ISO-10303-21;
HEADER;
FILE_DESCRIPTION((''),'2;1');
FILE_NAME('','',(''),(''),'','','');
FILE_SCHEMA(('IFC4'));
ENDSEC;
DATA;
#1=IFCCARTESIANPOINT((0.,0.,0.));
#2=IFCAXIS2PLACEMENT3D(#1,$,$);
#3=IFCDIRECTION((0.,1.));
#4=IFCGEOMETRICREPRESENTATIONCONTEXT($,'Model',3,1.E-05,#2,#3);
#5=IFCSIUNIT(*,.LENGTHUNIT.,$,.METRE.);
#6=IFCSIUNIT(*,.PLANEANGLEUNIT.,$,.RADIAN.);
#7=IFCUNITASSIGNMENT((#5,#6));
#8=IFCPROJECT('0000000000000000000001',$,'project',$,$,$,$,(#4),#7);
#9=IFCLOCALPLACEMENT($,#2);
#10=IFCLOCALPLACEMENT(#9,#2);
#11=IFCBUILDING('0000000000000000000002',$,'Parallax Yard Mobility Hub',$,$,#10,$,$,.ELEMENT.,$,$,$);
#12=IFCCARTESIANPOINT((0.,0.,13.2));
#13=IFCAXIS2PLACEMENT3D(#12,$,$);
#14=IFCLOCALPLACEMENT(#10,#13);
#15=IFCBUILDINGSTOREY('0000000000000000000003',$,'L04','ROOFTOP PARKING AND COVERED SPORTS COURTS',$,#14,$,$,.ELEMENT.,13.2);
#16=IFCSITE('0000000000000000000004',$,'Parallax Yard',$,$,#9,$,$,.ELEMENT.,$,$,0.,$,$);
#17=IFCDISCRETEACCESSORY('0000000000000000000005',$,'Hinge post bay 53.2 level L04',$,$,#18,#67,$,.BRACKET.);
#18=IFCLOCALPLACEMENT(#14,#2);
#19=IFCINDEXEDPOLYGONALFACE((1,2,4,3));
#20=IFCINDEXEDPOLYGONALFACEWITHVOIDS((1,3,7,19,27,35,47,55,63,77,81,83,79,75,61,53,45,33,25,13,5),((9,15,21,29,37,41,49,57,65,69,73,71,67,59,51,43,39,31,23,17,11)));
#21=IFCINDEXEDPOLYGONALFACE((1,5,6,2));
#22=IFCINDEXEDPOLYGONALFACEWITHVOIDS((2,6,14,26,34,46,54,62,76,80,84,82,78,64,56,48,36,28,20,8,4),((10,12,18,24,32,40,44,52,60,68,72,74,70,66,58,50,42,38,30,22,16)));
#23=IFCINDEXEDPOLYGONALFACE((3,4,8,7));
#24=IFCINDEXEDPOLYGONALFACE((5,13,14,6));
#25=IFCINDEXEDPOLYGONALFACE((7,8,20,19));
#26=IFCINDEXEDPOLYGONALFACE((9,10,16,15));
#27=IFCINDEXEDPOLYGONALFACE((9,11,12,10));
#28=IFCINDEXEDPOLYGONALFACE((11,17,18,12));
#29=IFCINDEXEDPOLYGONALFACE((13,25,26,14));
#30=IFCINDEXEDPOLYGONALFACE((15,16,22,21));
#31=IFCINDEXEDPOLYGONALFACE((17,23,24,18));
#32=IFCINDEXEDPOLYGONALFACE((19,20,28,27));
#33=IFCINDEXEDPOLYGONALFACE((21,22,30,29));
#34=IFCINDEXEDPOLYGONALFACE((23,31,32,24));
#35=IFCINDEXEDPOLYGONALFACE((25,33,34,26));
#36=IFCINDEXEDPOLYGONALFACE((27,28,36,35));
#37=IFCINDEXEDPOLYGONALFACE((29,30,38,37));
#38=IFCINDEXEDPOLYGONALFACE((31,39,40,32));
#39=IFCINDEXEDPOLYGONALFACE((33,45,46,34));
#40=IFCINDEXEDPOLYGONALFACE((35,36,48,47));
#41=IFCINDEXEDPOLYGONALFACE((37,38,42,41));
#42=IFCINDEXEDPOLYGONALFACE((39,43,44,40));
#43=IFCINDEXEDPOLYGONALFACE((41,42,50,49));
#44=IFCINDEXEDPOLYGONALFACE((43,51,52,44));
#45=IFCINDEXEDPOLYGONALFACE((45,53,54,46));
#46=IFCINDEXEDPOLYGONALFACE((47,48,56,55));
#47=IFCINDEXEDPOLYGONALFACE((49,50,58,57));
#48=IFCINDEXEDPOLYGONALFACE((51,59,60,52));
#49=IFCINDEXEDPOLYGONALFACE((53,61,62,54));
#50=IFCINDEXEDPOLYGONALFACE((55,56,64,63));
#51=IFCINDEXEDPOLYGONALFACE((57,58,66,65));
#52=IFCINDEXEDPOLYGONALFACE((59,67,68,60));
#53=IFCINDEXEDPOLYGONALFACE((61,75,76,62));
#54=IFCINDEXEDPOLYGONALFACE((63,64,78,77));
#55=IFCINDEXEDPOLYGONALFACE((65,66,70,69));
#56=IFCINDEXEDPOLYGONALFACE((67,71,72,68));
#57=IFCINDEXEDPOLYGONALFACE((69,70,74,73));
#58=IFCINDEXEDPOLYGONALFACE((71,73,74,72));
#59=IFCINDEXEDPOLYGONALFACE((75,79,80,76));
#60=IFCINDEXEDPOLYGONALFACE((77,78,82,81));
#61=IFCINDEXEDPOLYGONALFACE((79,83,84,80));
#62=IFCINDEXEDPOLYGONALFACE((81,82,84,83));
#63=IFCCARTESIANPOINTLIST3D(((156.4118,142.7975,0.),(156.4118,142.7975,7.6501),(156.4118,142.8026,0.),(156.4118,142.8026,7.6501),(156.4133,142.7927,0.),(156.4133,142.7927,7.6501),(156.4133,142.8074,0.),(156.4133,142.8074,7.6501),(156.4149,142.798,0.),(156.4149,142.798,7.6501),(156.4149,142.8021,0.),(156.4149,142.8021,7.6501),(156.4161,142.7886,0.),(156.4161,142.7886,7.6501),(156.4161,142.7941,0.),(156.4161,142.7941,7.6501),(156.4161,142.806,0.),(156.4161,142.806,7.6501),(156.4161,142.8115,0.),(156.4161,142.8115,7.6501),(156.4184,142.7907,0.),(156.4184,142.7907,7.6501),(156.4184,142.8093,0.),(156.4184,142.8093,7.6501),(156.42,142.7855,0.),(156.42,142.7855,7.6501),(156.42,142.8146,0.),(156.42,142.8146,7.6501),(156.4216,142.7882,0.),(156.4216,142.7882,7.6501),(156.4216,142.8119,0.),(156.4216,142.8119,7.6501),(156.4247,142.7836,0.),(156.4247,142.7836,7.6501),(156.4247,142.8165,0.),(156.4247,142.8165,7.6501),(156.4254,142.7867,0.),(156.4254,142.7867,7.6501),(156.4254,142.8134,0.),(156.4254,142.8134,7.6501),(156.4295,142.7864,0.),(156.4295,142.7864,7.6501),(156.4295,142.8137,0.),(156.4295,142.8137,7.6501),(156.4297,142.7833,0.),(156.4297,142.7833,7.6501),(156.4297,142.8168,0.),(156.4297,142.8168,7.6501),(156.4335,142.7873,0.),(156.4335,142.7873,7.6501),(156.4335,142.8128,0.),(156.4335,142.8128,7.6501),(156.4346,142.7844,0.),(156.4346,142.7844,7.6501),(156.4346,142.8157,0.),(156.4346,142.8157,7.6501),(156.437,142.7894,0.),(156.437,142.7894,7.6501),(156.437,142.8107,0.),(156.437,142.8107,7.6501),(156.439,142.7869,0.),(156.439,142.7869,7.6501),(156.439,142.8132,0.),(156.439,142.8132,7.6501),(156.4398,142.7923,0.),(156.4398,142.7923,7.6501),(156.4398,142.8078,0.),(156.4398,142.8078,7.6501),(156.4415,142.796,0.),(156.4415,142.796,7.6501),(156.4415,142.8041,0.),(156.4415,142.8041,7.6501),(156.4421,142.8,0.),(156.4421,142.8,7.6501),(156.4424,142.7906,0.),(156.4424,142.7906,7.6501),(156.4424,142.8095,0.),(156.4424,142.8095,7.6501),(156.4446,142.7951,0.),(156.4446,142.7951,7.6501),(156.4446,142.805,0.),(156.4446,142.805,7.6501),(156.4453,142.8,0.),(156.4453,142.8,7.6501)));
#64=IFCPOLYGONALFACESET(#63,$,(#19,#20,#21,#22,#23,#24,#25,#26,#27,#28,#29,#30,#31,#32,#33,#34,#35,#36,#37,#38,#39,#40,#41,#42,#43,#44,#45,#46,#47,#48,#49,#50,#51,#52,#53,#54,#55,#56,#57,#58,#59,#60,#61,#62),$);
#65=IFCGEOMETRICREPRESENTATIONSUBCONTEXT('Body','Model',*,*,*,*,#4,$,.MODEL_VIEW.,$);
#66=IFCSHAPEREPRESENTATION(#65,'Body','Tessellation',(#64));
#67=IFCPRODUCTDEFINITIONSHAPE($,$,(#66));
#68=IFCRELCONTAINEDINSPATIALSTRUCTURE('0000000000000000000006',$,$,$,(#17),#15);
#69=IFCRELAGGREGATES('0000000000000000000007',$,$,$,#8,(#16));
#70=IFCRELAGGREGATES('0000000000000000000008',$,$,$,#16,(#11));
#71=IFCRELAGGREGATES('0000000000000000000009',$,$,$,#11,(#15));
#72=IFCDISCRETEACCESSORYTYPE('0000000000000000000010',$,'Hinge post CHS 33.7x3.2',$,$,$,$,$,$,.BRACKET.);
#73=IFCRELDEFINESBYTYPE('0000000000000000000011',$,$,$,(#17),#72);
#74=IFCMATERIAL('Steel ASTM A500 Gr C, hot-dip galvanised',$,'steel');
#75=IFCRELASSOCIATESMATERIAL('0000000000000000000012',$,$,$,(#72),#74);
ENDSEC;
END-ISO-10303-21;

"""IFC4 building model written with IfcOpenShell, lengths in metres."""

from ifc_helpers import new_model, si_unit, direction, frame, origin, origin_2d, place, context, subcontext, project, spatial, hollow_circle, extrude, material, material_profile, profile_set, type_object, element, save


model = new_model("IFC4")

# Units and contexts
model_context = context("Model", 3, precision=1e-05, world=origin(), true_north=direction((0.0, 1.0)))
body_context = subcontext(model_context, "Body", "Model", "MODEL_VIEW")
ifc_project = project(units=[si_unit("LENGTHUNIT", "METRE"), si_unit("PLANEANGLEUNIT", "RADIAN")], contexts=[model_context])

# Site, building, storey
site_placement = place(None, origin())
site = spatial("IfcSite", under=ifc_project, at=site_placement, Name="Parallax Yard", CompositionType="ELEMENT", RefElevation=0.0)
building_placement = place(site_placement, origin())
building = spatial("IfcBuilding", under=site, at=building_placement, Name="Parallax Yard Mobility Hub", CompositionType="ELEMENT")
storey_placement = place(building_placement, frame((0.0, 0.0, 13.2)))
storey = spatial("IfcBuildingStorey", under=building, at=storey_placement, Name="L04", Description="ROOFTOP PARKING AND COVERED SPORTS COURTS", CompositionType="ELEMENT", Elevation=13.2)

# Discrete accessory
ifc_material_1 = material(Name="Steel ASTM A500 Gr C, hot-dip galvanised", Category="steel")
ifc_material_profile = material_profile(ifc_material_1, hollow_circle(Radius=0.0168, WallThickness=0.0032, at=origin_2d()), Name="CHS 33.7x3.2")
ifc_profile_set = profile_set([ifc_material_profile], Name="Steel ASTM A500 Gr C, hot-dip galvanised")
discrete_accessory_type_1 = type_object("IfcDiscreteAccessoryType", Name="Hinge post CHS 33.7x3.2", PredefinedType="BRACKET", material=ifc_profile_set)
for number, where, z_axis, x_axis, name in (
    (1, (156.4285, 142.8, 0.0), (0.0, 0.0, 1.0), (1.0, 0.0, 0.0), "Hinge post bay 53.2 level L04"),
):
    element("IfcDiscreteAccessory", number, at=place(storey_placement, frame(where, z_axis=z_axis, x_axis=x_axis)), inside=storey, type_object=discrete_accessory_type_1, Name=name, PredefinedType="BRACKET", context=body_context, shape_type="SweptSolid", body=[
        extrude(hollow_circle(Radius=0.0168, WallThickness=0.0032, at=origin_2d()), origin(), (0.0, 0.0, 1.0), 7.6501),
    ])

save(model, "model.ifc")
